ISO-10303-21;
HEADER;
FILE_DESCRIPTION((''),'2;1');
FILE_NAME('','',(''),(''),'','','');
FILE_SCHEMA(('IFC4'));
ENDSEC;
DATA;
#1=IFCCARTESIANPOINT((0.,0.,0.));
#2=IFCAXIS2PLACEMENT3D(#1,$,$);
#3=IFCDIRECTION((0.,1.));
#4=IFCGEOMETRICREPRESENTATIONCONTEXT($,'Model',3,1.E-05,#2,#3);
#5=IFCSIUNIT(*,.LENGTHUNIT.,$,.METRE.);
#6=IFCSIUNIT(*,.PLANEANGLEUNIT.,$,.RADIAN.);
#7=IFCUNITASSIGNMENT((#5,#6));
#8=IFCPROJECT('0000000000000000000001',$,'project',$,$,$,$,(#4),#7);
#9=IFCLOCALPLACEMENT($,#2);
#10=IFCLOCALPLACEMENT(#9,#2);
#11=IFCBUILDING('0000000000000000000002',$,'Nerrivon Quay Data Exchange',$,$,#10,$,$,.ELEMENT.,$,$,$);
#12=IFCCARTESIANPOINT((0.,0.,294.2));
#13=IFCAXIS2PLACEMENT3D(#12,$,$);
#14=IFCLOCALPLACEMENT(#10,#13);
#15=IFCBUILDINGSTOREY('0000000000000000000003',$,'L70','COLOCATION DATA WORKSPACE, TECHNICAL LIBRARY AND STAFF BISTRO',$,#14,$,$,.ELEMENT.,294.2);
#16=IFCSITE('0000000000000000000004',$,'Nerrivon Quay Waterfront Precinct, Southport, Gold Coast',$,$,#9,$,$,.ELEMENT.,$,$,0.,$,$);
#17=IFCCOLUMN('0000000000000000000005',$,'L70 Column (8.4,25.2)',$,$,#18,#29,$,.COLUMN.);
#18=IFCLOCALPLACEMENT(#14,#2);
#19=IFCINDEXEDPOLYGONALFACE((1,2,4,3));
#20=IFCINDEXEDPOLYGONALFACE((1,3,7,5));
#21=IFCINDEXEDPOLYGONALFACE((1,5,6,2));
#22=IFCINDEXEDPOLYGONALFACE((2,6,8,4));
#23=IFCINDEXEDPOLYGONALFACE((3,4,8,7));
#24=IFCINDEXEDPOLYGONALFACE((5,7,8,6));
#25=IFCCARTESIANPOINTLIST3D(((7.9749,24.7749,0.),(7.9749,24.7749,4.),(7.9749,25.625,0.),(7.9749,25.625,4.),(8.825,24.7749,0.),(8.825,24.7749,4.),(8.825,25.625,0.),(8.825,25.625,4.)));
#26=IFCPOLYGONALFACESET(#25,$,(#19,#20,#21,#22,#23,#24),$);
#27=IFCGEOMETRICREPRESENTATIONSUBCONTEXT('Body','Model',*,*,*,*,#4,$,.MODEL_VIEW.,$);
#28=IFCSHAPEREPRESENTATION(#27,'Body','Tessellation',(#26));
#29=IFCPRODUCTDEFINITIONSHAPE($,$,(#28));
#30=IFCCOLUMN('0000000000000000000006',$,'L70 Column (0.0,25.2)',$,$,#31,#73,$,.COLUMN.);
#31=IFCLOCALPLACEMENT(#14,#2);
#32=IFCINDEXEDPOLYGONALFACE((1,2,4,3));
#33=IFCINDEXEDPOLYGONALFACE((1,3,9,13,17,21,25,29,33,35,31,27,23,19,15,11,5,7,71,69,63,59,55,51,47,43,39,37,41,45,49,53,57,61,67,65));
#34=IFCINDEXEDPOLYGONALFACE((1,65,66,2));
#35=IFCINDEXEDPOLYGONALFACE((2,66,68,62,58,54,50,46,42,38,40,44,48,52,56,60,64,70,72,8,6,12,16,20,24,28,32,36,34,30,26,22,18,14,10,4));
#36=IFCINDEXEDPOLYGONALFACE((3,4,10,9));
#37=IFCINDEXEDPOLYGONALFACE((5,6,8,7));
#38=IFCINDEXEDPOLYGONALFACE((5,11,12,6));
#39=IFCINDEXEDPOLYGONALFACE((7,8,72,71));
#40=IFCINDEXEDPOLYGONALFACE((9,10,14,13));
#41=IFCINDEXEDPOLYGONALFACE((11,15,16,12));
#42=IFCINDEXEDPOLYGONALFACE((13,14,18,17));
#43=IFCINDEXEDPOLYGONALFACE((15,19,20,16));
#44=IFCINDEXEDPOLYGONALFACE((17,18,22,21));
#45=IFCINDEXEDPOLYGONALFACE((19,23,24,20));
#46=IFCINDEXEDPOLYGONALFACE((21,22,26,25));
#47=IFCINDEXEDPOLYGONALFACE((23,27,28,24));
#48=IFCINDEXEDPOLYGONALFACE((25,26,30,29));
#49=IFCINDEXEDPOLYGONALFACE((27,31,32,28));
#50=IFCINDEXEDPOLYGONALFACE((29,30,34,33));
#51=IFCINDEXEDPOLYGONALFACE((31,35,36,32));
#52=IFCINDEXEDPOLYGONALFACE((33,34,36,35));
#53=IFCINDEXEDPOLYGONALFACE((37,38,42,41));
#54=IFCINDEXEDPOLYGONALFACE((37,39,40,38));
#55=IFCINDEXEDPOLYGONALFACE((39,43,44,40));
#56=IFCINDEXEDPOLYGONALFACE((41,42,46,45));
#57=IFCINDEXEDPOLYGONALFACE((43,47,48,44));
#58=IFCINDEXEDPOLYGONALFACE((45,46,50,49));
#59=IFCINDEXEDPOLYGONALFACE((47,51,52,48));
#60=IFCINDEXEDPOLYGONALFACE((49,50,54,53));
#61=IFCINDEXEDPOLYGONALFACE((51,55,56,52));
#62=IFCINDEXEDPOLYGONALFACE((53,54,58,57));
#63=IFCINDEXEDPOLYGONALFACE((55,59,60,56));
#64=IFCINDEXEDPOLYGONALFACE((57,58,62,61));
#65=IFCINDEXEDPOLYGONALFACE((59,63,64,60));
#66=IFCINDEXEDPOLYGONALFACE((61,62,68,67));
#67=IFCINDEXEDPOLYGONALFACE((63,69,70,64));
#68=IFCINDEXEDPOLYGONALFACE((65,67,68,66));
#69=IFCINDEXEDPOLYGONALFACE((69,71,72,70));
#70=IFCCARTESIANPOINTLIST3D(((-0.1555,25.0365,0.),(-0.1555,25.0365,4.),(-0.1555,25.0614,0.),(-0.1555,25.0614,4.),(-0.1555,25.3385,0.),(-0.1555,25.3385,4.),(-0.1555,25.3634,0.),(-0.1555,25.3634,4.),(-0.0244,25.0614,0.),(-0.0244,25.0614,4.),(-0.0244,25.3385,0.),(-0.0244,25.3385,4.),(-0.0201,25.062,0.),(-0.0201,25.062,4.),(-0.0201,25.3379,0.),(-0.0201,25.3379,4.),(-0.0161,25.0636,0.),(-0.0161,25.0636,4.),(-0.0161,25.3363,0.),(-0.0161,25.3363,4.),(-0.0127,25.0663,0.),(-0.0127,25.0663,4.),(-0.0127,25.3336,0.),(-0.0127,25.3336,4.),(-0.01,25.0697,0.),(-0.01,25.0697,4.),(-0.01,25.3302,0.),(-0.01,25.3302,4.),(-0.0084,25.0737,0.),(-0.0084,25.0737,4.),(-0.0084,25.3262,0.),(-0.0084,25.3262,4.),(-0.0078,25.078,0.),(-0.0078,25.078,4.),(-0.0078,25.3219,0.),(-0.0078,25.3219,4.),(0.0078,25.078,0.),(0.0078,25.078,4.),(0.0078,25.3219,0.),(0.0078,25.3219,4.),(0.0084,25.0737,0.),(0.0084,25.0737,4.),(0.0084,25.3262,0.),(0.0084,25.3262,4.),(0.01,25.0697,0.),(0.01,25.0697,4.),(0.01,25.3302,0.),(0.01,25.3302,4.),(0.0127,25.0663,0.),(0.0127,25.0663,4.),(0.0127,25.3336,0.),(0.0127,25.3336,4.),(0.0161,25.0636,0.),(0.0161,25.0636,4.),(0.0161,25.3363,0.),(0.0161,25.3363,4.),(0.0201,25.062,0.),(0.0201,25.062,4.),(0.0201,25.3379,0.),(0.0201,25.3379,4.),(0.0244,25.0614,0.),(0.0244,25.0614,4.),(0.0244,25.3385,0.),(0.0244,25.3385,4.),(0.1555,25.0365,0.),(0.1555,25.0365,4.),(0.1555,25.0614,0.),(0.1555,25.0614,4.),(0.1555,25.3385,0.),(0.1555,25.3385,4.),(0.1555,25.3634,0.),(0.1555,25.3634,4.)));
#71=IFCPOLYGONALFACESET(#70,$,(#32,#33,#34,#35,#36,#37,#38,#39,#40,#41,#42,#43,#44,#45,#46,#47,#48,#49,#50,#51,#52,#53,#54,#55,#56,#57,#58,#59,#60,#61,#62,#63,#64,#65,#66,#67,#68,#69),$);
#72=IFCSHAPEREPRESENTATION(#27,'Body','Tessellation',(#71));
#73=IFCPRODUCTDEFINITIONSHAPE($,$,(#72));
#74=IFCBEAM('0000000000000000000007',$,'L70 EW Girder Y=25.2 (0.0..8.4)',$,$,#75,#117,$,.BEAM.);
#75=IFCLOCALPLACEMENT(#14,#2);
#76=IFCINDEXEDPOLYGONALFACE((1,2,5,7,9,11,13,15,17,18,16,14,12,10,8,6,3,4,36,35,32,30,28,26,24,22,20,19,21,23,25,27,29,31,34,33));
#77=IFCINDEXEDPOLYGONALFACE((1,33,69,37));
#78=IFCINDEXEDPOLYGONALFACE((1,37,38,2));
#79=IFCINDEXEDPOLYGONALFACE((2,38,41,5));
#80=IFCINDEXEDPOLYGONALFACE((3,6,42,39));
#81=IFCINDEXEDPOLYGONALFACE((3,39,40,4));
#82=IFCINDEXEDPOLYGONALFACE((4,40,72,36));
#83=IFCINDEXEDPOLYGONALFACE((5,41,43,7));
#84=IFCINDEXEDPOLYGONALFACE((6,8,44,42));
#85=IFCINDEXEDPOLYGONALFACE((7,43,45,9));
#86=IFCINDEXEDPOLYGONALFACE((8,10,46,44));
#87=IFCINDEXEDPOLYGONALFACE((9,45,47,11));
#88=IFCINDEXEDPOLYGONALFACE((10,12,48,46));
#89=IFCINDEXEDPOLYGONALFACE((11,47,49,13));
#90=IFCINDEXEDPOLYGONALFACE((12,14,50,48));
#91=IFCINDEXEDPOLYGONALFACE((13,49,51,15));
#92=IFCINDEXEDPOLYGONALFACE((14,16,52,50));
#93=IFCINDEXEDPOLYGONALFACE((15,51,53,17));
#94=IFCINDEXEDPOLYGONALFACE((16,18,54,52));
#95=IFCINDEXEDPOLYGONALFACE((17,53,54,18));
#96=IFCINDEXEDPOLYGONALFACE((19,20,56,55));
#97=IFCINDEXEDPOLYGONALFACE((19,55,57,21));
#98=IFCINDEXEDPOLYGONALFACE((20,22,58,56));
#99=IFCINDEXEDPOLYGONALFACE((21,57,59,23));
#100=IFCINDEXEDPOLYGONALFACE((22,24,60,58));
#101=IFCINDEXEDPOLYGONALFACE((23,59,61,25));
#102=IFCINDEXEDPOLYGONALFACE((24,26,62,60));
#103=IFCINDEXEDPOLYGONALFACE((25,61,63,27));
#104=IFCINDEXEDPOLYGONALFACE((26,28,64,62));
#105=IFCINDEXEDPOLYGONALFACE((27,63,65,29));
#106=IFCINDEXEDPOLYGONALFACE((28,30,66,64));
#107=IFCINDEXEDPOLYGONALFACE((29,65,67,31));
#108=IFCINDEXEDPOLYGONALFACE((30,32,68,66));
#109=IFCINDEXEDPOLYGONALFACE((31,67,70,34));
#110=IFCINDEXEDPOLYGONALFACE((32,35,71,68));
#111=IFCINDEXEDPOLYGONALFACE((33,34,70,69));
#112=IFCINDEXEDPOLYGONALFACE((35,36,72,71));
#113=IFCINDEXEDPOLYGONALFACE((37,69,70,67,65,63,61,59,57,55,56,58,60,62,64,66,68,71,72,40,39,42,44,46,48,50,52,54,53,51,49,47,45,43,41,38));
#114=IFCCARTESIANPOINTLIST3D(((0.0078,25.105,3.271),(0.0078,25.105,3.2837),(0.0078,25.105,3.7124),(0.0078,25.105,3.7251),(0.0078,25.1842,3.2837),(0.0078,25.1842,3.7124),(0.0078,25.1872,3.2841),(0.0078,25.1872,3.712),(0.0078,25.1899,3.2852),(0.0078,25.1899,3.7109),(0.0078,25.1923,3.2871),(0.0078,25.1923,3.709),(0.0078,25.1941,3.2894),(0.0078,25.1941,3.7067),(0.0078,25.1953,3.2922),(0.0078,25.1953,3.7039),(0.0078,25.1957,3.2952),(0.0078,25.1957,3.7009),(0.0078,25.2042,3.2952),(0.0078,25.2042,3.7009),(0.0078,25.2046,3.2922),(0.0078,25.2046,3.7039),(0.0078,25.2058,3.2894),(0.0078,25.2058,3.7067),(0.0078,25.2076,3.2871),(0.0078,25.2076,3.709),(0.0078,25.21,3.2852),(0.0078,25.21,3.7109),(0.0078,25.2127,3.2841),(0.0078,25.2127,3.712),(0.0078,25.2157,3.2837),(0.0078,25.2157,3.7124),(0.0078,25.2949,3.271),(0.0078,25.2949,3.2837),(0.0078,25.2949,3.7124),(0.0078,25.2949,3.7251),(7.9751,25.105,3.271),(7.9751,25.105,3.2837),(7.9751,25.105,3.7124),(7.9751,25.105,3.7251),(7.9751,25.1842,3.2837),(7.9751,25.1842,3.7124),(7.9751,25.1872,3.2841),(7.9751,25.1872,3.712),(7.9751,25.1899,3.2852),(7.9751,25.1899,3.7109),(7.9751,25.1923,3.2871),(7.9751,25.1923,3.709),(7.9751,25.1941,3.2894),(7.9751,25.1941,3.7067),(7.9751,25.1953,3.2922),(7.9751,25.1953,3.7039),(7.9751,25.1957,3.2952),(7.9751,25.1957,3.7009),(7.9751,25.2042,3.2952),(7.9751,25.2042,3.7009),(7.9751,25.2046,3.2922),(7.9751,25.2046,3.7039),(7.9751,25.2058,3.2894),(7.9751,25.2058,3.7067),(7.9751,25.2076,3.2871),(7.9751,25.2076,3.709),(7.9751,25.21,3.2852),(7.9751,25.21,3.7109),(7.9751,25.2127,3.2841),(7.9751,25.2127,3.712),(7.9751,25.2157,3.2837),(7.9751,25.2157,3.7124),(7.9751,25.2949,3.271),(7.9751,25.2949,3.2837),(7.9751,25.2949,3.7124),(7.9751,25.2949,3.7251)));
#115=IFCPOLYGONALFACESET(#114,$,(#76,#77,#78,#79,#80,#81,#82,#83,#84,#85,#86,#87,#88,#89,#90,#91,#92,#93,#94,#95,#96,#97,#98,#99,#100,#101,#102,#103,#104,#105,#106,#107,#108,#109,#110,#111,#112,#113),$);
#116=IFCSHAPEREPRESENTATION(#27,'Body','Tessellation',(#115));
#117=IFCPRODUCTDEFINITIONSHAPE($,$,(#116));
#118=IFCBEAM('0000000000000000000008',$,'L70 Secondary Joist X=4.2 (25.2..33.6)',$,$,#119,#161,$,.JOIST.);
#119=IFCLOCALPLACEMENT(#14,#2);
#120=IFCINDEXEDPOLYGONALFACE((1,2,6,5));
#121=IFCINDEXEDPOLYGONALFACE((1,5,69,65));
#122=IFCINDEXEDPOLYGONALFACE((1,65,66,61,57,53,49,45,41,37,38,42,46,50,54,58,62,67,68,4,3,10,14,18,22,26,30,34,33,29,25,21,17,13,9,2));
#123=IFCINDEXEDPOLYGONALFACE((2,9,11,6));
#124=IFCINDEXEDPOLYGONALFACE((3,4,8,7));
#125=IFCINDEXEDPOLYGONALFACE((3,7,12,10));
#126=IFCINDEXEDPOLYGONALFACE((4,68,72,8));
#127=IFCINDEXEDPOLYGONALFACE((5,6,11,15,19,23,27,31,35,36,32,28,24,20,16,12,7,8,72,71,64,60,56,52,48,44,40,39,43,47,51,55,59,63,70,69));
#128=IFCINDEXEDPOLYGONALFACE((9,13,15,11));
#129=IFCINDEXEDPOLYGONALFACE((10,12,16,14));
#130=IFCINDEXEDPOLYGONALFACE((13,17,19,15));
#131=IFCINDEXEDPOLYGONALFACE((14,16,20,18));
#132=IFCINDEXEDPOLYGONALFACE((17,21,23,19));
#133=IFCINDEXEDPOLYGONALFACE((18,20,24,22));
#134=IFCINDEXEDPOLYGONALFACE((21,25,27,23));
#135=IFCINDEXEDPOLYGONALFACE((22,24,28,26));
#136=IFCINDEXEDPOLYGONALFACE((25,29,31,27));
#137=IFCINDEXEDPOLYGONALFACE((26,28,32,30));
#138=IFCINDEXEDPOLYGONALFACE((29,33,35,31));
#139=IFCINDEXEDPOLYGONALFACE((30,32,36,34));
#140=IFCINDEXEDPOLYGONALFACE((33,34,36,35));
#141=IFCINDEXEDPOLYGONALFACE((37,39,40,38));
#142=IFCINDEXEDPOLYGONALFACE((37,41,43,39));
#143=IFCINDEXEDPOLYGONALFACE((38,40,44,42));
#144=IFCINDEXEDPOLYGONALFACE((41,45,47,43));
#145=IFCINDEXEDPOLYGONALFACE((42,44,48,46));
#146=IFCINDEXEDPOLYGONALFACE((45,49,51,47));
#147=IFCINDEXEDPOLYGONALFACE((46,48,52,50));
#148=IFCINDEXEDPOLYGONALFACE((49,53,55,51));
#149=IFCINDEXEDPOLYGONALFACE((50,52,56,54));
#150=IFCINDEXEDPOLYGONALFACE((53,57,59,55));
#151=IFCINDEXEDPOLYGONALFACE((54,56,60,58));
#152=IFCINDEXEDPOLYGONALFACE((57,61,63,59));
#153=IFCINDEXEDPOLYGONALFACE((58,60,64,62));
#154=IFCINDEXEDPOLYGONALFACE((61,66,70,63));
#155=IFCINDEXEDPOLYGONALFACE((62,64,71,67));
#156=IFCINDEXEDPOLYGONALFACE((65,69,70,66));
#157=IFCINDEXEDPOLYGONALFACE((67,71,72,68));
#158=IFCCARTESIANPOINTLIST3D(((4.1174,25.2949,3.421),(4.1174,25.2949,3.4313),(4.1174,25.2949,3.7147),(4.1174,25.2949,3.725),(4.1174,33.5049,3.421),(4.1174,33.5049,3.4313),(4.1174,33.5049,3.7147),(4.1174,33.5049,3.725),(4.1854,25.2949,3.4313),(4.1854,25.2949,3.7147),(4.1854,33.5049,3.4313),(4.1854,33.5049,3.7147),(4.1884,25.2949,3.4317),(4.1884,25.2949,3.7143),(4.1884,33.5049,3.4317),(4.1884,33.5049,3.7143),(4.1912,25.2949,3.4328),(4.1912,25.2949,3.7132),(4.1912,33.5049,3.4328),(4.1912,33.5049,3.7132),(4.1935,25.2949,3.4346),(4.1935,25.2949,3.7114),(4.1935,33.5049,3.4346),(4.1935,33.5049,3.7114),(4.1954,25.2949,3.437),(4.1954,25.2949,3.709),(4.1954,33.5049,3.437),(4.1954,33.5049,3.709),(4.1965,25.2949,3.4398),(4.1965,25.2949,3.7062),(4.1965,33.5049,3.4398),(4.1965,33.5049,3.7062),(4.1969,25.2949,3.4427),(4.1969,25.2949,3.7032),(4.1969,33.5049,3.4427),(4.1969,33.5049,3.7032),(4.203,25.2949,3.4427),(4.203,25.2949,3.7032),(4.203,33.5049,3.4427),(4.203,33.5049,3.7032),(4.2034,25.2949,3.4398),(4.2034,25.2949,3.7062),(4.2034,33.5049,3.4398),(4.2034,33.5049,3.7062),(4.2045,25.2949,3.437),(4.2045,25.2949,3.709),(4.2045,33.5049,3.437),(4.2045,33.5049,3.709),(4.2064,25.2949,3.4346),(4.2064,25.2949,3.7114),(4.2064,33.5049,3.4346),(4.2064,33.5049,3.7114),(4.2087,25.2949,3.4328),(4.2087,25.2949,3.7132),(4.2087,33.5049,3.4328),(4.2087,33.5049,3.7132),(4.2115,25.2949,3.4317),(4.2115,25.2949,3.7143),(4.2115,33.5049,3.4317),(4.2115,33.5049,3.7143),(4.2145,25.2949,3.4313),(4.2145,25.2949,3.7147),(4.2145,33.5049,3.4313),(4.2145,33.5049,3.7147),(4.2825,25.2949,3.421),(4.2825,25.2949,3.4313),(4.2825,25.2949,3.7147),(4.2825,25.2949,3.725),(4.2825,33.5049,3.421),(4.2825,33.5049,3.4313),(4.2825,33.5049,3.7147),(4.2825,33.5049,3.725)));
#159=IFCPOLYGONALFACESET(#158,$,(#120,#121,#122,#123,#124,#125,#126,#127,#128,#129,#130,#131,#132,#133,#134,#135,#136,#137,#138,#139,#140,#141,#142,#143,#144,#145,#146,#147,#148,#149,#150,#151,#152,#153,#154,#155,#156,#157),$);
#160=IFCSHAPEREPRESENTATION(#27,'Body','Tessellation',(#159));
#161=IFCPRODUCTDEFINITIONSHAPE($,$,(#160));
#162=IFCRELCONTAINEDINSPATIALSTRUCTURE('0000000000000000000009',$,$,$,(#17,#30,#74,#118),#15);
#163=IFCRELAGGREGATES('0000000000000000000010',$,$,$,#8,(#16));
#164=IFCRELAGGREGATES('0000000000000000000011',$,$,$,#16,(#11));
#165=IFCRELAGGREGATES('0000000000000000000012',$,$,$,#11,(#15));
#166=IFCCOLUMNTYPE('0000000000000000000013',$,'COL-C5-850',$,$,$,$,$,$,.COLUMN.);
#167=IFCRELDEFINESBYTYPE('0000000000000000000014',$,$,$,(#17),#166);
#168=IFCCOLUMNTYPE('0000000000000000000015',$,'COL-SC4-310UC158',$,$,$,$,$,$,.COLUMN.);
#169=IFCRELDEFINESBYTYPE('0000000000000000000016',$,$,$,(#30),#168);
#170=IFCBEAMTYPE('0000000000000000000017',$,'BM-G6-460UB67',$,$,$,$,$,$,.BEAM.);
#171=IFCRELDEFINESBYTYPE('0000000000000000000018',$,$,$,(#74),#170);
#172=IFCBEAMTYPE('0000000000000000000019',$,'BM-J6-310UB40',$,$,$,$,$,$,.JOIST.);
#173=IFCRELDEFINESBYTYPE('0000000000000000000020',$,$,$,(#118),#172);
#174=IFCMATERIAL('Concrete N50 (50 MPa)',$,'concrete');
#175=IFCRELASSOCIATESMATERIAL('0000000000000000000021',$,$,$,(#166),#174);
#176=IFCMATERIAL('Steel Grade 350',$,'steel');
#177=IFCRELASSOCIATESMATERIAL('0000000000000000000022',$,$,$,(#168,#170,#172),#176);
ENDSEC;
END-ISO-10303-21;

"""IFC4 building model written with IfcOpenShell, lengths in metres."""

from ifc_helpers import new_model, si_unit, direction, frame, origin, origin_2d, place, context, subcontext, project, spatial, rectangle, i_section, extrude, material, material_profile, profile_set, type_object, element, save


model = new_model("IFC4")

# Units and contexts
model_context = context("Model", 3, precision=1e-05, world=origin(), true_north=direction((0.0, 1.0)))
body_context = subcontext(model_context, "Body", "Model", "MODEL_VIEW")
ifc_project = project(units=[si_unit("LENGTHUNIT", "METRE"), si_unit("PLANEANGLEUNIT", "RADIAN")], contexts=[model_context])

# Site, building, storey
site_placement = place(None, origin())
site = spatial("IfcSite", under=ifc_project, at=site_placement, Name="Nerrivon Quay Waterfront Precinct, Southport, Gold Coast", CompositionType="ELEMENT", RefElevation=0.0)
building_placement = place(site_placement, origin())
building = spatial("IfcBuilding", under=site, at=building_placement, Name="Nerrivon Quay Data Exchange", CompositionType="ELEMENT")
storey_placement = place(building_placement, frame((0.0, 0.0, 294.2)))
storey = spatial("IfcBuildingStorey", under=building, at=storey_placement, Name="L70", Description="COLOCATION DATA WORKSPACE, TECHNICAL LIBRARY AND STAFF BISTRO", CompositionType="ELEMENT", Elevation=294.2)

# Columns
ifc_material_1 = material(Name="Concrete N50 (50 MPa)", Category="concrete")
ifc_material_profile_1 = material_profile(ifc_material_1, rectangle(XDim=0.8501, YDim=0.8501, at=origin_2d()), Name="RC-COL-850x850")
ifc_profile_set_1 = profile_set([ifc_material_profile_1], Name="Concrete N50 (50 MPa)")
column_type_1 = type_object("IfcColumnType", Name="COL-C5-850", PredefinedType="COLUMN", material=ifc_profile_set_1)
column_1_placement = place(storey_placement, frame((8.3999, 25.2, 0.0), z_axis=(0.0, 0.0, 1.0), x_axis=(1.0, 0.0, 0.0)))
element("IfcColumn", 1, at=column_1_placement, inside=storey, type_object=column_type_1, Name="L70 Column (8.4,25.2)", PredefinedType="COLUMN", context=body_context, shape_type="SweptSolid", body=[
    extrude(rectangle(XDim=0.8501, YDim=0.8501, at=origin_2d()), origin(), (0.0, 0.0, 1.0), 4.0),
])
ifc_material_2 = material(Name="Steel Grade 350", Category="steel")
ifc_material_profile_2 = material_profile(ifc_material_2, i_section(OverallWidth=0.311, OverallDepth=0.3269, WebThickness=0.0156, FlangeThickness=0.0249, FilletRadius=0.0166, at=origin_2d()), Name="310UC158")
ifc_profile_set_2 = profile_set([ifc_material_profile_2], Name="Steel Grade 350")
column_type_2 = type_object("IfcColumnType", Name="COL-SC4-310UC158", PredefinedType="COLUMN", material=ifc_profile_set_2)
column_2_placement = place(storey_placement, frame((0.0, 25.2, 0.0), z_axis=(0.0, 0.0, 1.0), x_axis=(1.0, 0.0, 0.0)))
element("IfcColumn", 2, at=column_2_placement, inside=storey, type_object=column_type_2, Name="L70 Column (0.0,25.2)", PredefinedType="COLUMN", context=body_context, shape_type="SweptSolid", body=[
    extrude(i_section(OverallWidth=0.311, OverallDepth=0.3269, WebThickness=0.0156, FlangeThickness=0.0249, FilletRadius=0.0166, at=origin_2d()), origin(), (0.0, 0.0, 1.0), 4.0),
])

# Beams
ifc_material_profile_3 = material_profile(ifc_material_2, i_section(OverallWidth=0.1899, OverallDepth=0.4541, WebThickness=0.0085, FlangeThickness=0.0127, FilletRadius=0.0115, at=origin_2d()), Name="460UB67.1")
ifc_profile_set_3 = profile_set([ifc_material_profile_3], Name="Steel Grade 350")
beam_type_1 = type_object("IfcBeamType", Name="BM-G6-460UB67", PredefinedType="BEAM", material=ifc_profile_set_3)
beam_1_placement = place(storey_placement, frame((0.0078, 25.2, 3.498), z_axis=(1.0, 0.0, 0.0), x_axis=(0.0, 1.0, 0.0)))
element("IfcBeam", 3, at=beam_1_placement, inside=storey, type_object=beam_type_1, Name="L70 EW Girder Y=25.2 (0.0..8.4)", PredefinedType="BEAM", context=body_context, shape_type="SweptSolid", body=[
    extrude(i_section(OverallWidth=0.1899, OverallDepth=0.4541, WebThickness=0.0085, FlangeThickness=0.0127, FilletRadius=0.0115, at=origin_2d()), origin(), (0.0, 0.0, 1.0), 7.9673),
])
ifc_material_profile_4 = material_profile(ifc_material_2, i_section(OverallWidth=0.165, OverallDepth=0.304, WebThickness=0.0061, FlangeThickness=0.0103, FilletRadius=0.0115, at=origin_2d()), Name="310UB40.4")
ifc_profile_set_4 = profile_set([ifc_material_profile_4], Name="Steel Grade 350")
beam_type_2 = type_object("IfcBeamType", Name="BM-J6-310UB40", PredefinedType="JOIST", material=ifc_profile_set_4)
beam_2_placement = place(storey_placement, frame((4.2, 25.2949, 3.573), z_axis=(0.0, 1.0, 0.0), x_axis=(-1.0, 0.0, 0.0)))
element("IfcBeam", 4, at=beam_2_placement, inside=storey, type_object=beam_type_2, Name="L70 Secondary Joist X=4.2 (25.2..33.6)", PredefinedType="JOIST", context=body_context, shape_type="SweptSolid", body=[
    extrude(i_section(OverallWidth=0.165, OverallDepth=0.304, WebThickness=0.0061, FlangeThickness=0.0103, FilletRadius=0.0115, at=origin_2d()), origin(), (0.0, 0.0, 1.0), 8.21),
])

save(model, "model.ifc")
